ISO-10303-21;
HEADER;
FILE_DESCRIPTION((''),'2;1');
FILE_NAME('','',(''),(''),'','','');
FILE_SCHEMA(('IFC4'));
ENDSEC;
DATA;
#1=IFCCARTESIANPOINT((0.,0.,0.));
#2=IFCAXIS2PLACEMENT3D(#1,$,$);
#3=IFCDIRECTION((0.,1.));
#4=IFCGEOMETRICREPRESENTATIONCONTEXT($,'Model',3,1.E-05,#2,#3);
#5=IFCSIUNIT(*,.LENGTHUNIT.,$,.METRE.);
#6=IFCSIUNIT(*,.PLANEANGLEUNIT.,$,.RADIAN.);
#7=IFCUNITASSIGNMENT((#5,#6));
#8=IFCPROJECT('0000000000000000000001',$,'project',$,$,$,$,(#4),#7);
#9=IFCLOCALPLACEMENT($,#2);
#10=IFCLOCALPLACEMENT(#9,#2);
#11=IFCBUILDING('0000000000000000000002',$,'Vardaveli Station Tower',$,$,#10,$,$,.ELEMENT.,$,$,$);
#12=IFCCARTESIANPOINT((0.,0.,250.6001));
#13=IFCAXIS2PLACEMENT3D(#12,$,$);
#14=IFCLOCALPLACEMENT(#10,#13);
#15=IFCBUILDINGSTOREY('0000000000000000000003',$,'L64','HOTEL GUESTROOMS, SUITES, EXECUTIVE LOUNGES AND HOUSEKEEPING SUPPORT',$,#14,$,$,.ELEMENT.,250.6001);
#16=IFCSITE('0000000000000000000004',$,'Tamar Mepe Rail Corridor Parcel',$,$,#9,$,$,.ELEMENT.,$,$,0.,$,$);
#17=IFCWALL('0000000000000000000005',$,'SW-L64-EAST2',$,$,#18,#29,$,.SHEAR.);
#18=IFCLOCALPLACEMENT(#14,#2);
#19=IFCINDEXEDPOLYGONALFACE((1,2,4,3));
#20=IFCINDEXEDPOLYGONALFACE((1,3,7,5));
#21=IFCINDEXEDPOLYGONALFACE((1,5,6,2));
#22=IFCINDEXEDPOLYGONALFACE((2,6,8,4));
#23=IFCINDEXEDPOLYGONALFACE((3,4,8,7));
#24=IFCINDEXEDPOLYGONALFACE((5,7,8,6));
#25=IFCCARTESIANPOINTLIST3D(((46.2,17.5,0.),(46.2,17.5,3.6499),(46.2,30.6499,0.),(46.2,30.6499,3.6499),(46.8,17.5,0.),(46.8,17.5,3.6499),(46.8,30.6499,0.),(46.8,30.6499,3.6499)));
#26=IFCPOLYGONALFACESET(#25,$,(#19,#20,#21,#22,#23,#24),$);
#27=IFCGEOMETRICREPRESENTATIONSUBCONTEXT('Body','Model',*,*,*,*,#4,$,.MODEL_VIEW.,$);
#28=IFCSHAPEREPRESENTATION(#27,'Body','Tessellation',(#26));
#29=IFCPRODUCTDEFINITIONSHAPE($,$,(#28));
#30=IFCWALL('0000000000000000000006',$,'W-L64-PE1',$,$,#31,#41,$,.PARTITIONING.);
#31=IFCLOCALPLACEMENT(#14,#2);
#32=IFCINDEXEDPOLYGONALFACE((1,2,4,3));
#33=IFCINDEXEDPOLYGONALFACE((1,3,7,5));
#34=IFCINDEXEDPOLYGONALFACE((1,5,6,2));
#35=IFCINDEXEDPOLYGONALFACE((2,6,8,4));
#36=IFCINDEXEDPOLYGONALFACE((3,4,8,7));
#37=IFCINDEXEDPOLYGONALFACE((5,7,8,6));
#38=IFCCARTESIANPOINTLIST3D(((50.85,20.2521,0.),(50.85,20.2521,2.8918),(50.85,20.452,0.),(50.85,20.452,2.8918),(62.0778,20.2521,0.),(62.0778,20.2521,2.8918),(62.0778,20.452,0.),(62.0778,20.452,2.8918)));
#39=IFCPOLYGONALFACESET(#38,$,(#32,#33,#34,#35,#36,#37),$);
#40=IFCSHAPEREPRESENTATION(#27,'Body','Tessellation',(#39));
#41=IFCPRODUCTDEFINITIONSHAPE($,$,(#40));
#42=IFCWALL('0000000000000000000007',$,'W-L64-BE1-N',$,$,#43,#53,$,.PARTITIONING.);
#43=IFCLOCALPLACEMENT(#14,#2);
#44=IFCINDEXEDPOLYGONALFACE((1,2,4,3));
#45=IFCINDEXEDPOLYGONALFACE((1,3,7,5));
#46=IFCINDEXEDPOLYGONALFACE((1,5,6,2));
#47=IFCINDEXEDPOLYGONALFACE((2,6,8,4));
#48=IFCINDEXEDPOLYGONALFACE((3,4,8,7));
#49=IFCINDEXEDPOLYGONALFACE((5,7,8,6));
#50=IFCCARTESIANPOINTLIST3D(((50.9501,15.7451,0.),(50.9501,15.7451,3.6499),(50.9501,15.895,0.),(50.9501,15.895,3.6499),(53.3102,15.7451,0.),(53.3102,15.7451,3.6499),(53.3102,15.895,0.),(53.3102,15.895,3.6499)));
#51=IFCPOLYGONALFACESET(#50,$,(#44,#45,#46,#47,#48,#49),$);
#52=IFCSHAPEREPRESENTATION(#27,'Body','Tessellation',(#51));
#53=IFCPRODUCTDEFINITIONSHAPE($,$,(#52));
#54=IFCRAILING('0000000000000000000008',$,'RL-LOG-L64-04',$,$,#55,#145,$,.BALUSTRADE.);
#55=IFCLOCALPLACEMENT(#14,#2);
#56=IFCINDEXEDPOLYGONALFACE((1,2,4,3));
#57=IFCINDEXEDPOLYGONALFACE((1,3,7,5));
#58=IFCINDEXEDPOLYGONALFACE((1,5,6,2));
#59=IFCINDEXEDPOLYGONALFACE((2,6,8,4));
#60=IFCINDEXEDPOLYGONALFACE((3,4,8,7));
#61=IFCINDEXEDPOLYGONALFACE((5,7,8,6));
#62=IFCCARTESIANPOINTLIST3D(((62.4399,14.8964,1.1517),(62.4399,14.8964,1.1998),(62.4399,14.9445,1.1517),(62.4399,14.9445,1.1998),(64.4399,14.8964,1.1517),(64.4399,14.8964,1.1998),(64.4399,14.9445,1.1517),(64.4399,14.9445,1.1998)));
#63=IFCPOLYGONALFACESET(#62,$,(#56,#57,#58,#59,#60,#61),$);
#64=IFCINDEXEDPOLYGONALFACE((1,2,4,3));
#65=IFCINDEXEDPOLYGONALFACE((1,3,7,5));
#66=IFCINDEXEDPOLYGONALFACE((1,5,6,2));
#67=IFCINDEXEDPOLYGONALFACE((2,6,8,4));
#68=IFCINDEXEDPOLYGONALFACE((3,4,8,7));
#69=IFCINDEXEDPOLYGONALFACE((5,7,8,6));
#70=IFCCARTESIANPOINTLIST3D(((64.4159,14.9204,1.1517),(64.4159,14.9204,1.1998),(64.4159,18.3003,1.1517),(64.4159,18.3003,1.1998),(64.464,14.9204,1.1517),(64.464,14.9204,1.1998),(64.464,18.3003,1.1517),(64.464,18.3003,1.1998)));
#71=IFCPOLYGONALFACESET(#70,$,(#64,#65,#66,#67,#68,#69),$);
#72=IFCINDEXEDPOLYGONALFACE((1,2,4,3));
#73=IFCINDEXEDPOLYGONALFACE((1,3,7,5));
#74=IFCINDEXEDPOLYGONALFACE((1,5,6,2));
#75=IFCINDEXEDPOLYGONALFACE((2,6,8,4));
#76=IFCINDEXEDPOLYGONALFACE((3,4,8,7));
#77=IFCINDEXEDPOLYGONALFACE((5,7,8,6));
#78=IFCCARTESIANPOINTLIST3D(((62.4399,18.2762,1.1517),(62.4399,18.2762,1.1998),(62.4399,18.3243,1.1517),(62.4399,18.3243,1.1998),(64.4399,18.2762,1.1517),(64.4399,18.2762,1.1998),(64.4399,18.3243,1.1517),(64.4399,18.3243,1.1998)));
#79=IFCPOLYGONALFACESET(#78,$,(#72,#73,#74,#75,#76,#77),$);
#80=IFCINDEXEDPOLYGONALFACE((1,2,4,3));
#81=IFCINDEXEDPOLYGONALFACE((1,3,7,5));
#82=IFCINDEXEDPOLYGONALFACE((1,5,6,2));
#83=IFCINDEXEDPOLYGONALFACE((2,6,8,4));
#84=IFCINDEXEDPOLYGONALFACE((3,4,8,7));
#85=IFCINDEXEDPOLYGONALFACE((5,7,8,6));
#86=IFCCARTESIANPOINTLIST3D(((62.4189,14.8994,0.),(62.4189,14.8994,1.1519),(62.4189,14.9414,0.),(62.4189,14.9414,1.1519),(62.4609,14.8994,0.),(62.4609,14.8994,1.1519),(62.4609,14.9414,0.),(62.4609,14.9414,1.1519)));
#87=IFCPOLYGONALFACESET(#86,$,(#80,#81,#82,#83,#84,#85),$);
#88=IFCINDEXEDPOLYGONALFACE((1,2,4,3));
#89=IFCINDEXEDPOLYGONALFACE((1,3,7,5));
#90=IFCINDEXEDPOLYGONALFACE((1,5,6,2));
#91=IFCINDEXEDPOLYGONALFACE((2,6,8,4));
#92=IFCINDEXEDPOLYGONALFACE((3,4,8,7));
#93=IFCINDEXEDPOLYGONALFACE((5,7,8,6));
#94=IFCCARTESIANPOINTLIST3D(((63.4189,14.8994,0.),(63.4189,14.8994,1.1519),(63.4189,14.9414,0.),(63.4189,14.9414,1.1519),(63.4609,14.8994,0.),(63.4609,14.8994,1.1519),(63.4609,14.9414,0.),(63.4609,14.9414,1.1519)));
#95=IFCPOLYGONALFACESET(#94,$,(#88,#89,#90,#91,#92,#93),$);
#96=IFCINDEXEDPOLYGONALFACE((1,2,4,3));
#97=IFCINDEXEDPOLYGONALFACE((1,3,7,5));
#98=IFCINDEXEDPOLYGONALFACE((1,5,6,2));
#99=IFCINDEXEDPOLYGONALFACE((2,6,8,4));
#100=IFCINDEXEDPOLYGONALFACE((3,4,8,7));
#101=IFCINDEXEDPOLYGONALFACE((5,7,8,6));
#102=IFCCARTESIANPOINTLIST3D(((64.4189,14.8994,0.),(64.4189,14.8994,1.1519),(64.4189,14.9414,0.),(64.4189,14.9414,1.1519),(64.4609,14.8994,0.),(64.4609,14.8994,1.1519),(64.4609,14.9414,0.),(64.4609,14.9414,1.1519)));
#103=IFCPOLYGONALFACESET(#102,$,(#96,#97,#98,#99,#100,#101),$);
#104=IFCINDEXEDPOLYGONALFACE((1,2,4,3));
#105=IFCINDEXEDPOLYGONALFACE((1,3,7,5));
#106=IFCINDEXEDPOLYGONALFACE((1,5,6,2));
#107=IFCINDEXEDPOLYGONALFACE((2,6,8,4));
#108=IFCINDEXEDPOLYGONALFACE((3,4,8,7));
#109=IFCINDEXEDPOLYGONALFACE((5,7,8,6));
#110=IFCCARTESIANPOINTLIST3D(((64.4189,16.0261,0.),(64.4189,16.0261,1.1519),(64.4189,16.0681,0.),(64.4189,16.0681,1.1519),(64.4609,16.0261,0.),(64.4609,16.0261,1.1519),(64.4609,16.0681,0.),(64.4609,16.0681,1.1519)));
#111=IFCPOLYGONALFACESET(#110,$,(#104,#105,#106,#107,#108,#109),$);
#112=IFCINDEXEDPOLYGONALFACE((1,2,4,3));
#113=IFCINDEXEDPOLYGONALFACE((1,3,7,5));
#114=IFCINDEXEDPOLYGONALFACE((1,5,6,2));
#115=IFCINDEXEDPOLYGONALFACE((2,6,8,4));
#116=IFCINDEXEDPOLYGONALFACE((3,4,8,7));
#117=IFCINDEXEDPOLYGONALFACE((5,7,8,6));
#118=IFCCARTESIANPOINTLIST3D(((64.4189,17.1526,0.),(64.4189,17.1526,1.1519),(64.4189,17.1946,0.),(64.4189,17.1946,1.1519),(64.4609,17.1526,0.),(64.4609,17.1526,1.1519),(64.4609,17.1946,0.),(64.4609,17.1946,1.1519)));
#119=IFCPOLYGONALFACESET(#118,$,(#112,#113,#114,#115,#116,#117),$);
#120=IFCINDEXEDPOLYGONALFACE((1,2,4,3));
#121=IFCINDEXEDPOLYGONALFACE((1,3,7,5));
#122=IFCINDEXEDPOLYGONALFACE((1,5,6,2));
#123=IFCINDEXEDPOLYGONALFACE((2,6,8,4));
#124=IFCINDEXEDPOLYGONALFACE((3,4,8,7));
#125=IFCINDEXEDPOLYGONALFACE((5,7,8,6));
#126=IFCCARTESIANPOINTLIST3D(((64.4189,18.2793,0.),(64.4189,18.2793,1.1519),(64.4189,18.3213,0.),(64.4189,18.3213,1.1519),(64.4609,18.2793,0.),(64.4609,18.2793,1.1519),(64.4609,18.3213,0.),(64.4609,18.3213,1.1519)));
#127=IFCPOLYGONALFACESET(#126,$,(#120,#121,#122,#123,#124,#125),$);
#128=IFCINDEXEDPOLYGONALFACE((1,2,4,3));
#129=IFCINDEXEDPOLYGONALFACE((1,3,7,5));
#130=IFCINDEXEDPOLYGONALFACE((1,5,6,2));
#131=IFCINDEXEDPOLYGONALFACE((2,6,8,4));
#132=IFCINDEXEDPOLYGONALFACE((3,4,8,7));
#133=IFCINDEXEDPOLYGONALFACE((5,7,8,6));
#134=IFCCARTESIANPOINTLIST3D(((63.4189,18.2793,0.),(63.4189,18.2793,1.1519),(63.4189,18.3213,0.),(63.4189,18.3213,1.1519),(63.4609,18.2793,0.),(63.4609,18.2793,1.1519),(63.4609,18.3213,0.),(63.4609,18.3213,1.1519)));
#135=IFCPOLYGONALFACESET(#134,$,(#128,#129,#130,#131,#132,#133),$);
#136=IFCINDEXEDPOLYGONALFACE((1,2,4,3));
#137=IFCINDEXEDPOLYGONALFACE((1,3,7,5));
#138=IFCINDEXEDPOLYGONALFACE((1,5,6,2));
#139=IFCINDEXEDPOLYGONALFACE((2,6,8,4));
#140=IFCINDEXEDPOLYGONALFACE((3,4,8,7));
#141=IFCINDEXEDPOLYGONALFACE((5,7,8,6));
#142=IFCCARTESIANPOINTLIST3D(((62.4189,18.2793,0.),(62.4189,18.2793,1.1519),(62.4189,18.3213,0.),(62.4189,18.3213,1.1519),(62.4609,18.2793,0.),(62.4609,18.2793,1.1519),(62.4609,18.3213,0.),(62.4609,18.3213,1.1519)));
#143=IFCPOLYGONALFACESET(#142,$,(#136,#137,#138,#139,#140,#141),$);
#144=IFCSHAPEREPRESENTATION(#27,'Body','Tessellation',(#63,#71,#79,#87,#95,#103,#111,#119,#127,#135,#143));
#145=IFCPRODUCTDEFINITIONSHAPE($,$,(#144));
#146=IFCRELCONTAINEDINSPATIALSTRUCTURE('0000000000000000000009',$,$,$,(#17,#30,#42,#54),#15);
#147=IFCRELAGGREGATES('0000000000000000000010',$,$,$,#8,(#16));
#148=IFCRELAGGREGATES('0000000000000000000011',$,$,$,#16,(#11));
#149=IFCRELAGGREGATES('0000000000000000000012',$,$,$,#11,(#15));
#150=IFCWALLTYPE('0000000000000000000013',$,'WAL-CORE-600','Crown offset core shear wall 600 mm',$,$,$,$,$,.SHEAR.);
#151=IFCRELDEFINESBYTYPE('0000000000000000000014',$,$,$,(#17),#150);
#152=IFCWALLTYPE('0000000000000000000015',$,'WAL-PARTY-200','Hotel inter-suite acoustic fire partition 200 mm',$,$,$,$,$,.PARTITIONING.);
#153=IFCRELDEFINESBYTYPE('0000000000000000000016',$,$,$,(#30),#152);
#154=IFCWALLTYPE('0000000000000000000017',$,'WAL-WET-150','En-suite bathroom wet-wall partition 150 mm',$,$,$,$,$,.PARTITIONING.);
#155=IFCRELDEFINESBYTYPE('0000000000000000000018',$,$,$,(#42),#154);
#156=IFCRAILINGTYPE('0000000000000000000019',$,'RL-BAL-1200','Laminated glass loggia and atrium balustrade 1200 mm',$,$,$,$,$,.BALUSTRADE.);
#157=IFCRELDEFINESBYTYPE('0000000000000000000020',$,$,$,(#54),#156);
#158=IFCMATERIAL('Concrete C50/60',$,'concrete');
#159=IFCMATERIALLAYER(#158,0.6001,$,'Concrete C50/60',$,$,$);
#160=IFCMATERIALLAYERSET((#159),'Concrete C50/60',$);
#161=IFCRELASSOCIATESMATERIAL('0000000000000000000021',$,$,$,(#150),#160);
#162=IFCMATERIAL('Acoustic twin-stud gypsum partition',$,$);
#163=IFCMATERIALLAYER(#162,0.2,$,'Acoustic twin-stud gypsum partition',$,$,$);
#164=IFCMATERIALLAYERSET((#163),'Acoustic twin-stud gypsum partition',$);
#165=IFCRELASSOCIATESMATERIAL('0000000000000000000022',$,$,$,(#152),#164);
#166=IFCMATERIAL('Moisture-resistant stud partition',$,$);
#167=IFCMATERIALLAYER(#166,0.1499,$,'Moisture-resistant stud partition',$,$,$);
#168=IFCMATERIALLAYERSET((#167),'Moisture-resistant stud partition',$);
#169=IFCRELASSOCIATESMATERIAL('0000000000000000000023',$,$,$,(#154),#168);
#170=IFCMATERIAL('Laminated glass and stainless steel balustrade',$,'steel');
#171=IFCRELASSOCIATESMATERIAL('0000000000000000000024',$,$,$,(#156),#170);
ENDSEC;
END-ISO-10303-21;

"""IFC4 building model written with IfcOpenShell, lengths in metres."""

from ifc_helpers import new_model, si_unit, direction, frame, frame_2d, origin, origin_2d, place, context, subcontext, project, spatial, rectangle, extrude, source, transform, mapped, material, layer, layer_set, type_object, element, save


model = new_model("IFC4")

# Units and contexts
model_context = context("Model", 3, precision=1e-05, world=origin(), true_north=direction((0.0, 1.0)))
body_context = subcontext(model_context, "Body", "Model", "MODEL_VIEW")
ifc_project = project(units=[si_unit("LENGTHUNIT", "METRE"), si_unit("PLANEANGLEUNIT", "RADIAN")], contexts=[model_context])

# Site, building, storey
site_placement = place(None, origin())
site = spatial("IfcSite", under=ifc_project, at=site_placement, Name="Tamar Mepe Rail Corridor Parcel", CompositionType="ELEMENT", RefElevation=0.0)
building_placement = place(site_placement, origin())
building = spatial("IfcBuilding", under=site, at=building_placement, Name="Vardaveli Station Tower", CompositionType="ELEMENT")
storey_placement = place(building_placement, frame((0.0, 0.0, 250.6001)))
storey = spatial("IfcBuildingStorey", under=building, at=storey_placement, Name="L64", Description="HOTEL GUESTROOMS, SUITES, EXECUTIVE LOUNGES AND HOUSEKEEPING SUPPORT", CompositionType="ELEMENT", Elevation=250.6001)

# Walls
ifc_material_1 = material(Name="Concrete C50/60", Category="concrete")
ifc_layer_1 = layer(ifc_material_1, 0.6001, Name="Concrete C50/60")
ifc_layer_set_1 = layer_set([ifc_layer_1], Name="Concrete C50/60")
wall_type_1 = type_object("IfcWallType", Name="WAL-CORE-600", Description="Crown offset core shear wall 600 mm", PredefinedType="SHEAR", material=ifc_layer_set_1)
shared_shape_1 = source(origin(), body_context, "Body", "SweptSolid", [
    extrude(rectangle(XDim=13.1499, YDim=0.6001, at=frame_2d((6.575, 0.0))), origin(), (0.0, 0.0, 1.0), 3.6499),
])
wall_1_placement = place(storey_placement, frame((46.5, 17.5, 0.0), z_axis=(0.0, 0.0, 1.0), x_axis=(0.0, 1.0, 0.0)))
element("IfcWall", 1, at=wall_1_placement, inside=storey, type_object=wall_type_1, Name="SW-L64-EAST2", PredefinedType="SHEAR", context=body_context, shape_type="MappedRepresentation", body=[
    mapped(shared_shape_1, transform((0.0, 0.0, 0.0), scale=1.0)),
])
ifc_material_2 = material(Name="Acoustic twin-stud gypsum partition")
ifc_layer_2 = layer(ifc_material_2, 0.2, Name="Acoustic twin-stud gypsum partition")
ifc_layer_set_2 = layer_set([ifc_layer_2], Name="Acoustic twin-stud gypsum partition")
wall_type_2 = type_object("IfcWallType", Name="WAL-PARTY-200", Description="Hotel inter-suite acoustic fire partition 200 mm", PredefinedType="PARTITIONING", material=ifc_layer_set_2)
shared_shape_2 = source(origin(), body_context, "Body", "SweptSolid", [
    extrude(rectangle(XDim=11.2278, YDim=0.2, at=frame_2d((5.6138, 0.0))), origin(), (0.0, 0.0, 1.0), 2.8918),
])
wall_2_placement = place(storey_placement, frame((50.8501, 20.3521, 0.0), z_axis=(0.0, 0.0, 1.0), x_axis=(1.0, 0.0, 0.0)))
element("IfcWall", 2, at=wall_2_placement, inside=storey, type_object=wall_type_2, Name="W-L64-PE1", PredefinedType="PARTITIONING", context=body_context, shape_type="MappedRepresentation", body=[
    mapped(shared_shape_2, transform((0.0, 0.0, 0.0), scale=1.0)),
])
ifc_material_3 = material(Name="Moisture-resistant stud partition")
ifc_layer_3 = layer(ifc_material_3, 0.1499, Name="Moisture-resistant stud partition")
ifc_layer_set_3 = layer_set([ifc_layer_3], Name="Moisture-resistant stud partition")
wall_type_3 = type_object("IfcWallType", Name="WAL-WET-150", Description="En-suite bathroom wet-wall partition 150 mm", PredefinedType="PARTITIONING", material=ifc_layer_set_3)
shared_shape_3 = source(origin(), body_context, "Body", "SweptSolid", [
    extrude(rectangle(XDim=2.3601, YDim=0.1499, at=frame_2d((1.1802, 0.0))), origin(), (0.0, 0.0, 1.0), 3.6499),
])
wall_3_placement = place(storey_placement, frame((50.95, 15.8201, 0.0), z_axis=(0.0, 0.0, 1.0), x_axis=(1.0, 0.0, 0.0)))
element("IfcWall", 3, at=wall_3_placement, inside=storey, type_object=wall_type_3, Name="W-L64-BE1-N", PredefinedType="PARTITIONING", context=body_context, shape_type="MappedRepresentation", body=[
    mapped(shared_shape_3, transform((0.0, 0.0, 0.0), scale=1.0)),
])

# Railing
ifc_material_4 = material(Name="Laminated glass and stainless steel balustrade", Category="steel")
railing_type = type_object("IfcRailingType", Name="RL-BAL-1200", Description="Laminated glass loggia and atrium balustrade 1200 mm", PredefinedType="BALUSTRADE", material=ifc_material_4)
shared_shape_4 = source(origin(), body_context, "Body", "SweptSolid", [
    extrude(rectangle(XDim=0.0481, YDim=0.0481, at=origin_2d()), frame((0.0, 0.0, 1.1758), z_axis=(1.0, 0.0, 0.0), x_axis=(0.0, 1.0, 0.0)), (0.0, 0.0, 1.0), 2.0),
    extrude(rectangle(XDim=0.0481, YDim=0.0481, at=origin_2d()), frame((2.0, 0.0, 1.1758), z_axis=(0.0, 1.0, 0.0), x_axis=(-1.0, 0.0, 0.0)), (0.0, 0.0, 1.0), 3.3799),
    extrude(rectangle(XDim=0.0481, YDim=0.0481, at=origin_2d()), frame((2.0, 3.3799, 1.1758), z_axis=(-1.0, 0.0, 0.0), x_axis=(0.0, -1.0, 0.0)), (0.0, 0.0, 1.0), 2.0),
    extrude(rectangle(XDim=0.042, YDim=0.042, at=origin_2d()), origin(), (0.0, 0.0, 1.0), 1.1519),
    extrude(rectangle(XDim=0.042, YDim=0.042, at=origin_2d()), frame((1.0, 0.0, 0.0)), (0.0, 0.0, 1.0), 1.1519),
    extrude(rectangle(XDim=0.042, YDim=0.042, at=origin_2d()), frame((2.0, 0.0, 0.0)), (0.0, 0.0, 1.0), 1.1519),
    extrude(rectangle(XDim=0.042, YDim=0.042, at=origin_2d()), frame((2.0, 1.1267, 0.0)), (0.0, 0.0, 1.0), 1.1519),
    extrude(rectangle(XDim=0.042, YDim=0.042, at=origin_2d()), frame((2.0, 2.2532, 0.0)), (0.0, 0.0, 1.0), 1.1519),
    extrude(rectangle(XDim=0.042, YDim=0.042, at=origin_2d()), frame((2.0, 3.3799, 0.0)), (0.0, 0.0, 1.0), 1.1519),
    extrude(rectangle(XDim=0.042, YDim=0.042, at=origin_2d()), frame((1.0, 3.3799, 0.0)), (0.0, 0.0, 1.0), 1.1519),
    extrude(rectangle(XDim=0.042, YDim=0.042, at=origin_2d()), frame((0.0, 3.3799, 0.0)), (0.0, 0.0, 1.0), 1.1519),
])
railing_placement = place(storey_placement, frame((62.4399, 14.9204, 0.0)))
element("IfcRailing", 4, at=railing_placement, inside=storey, type_object=railing_type, Name="RL-LOG-L64-04", PredefinedType="BALUSTRADE", context=body_context, shape_type="MappedRepresentation", body=[
    mapped(shared_shape_4, transform((0.0, 0.0, 0.0), scale=1.0)),
])

save(model, "model.ifc")
